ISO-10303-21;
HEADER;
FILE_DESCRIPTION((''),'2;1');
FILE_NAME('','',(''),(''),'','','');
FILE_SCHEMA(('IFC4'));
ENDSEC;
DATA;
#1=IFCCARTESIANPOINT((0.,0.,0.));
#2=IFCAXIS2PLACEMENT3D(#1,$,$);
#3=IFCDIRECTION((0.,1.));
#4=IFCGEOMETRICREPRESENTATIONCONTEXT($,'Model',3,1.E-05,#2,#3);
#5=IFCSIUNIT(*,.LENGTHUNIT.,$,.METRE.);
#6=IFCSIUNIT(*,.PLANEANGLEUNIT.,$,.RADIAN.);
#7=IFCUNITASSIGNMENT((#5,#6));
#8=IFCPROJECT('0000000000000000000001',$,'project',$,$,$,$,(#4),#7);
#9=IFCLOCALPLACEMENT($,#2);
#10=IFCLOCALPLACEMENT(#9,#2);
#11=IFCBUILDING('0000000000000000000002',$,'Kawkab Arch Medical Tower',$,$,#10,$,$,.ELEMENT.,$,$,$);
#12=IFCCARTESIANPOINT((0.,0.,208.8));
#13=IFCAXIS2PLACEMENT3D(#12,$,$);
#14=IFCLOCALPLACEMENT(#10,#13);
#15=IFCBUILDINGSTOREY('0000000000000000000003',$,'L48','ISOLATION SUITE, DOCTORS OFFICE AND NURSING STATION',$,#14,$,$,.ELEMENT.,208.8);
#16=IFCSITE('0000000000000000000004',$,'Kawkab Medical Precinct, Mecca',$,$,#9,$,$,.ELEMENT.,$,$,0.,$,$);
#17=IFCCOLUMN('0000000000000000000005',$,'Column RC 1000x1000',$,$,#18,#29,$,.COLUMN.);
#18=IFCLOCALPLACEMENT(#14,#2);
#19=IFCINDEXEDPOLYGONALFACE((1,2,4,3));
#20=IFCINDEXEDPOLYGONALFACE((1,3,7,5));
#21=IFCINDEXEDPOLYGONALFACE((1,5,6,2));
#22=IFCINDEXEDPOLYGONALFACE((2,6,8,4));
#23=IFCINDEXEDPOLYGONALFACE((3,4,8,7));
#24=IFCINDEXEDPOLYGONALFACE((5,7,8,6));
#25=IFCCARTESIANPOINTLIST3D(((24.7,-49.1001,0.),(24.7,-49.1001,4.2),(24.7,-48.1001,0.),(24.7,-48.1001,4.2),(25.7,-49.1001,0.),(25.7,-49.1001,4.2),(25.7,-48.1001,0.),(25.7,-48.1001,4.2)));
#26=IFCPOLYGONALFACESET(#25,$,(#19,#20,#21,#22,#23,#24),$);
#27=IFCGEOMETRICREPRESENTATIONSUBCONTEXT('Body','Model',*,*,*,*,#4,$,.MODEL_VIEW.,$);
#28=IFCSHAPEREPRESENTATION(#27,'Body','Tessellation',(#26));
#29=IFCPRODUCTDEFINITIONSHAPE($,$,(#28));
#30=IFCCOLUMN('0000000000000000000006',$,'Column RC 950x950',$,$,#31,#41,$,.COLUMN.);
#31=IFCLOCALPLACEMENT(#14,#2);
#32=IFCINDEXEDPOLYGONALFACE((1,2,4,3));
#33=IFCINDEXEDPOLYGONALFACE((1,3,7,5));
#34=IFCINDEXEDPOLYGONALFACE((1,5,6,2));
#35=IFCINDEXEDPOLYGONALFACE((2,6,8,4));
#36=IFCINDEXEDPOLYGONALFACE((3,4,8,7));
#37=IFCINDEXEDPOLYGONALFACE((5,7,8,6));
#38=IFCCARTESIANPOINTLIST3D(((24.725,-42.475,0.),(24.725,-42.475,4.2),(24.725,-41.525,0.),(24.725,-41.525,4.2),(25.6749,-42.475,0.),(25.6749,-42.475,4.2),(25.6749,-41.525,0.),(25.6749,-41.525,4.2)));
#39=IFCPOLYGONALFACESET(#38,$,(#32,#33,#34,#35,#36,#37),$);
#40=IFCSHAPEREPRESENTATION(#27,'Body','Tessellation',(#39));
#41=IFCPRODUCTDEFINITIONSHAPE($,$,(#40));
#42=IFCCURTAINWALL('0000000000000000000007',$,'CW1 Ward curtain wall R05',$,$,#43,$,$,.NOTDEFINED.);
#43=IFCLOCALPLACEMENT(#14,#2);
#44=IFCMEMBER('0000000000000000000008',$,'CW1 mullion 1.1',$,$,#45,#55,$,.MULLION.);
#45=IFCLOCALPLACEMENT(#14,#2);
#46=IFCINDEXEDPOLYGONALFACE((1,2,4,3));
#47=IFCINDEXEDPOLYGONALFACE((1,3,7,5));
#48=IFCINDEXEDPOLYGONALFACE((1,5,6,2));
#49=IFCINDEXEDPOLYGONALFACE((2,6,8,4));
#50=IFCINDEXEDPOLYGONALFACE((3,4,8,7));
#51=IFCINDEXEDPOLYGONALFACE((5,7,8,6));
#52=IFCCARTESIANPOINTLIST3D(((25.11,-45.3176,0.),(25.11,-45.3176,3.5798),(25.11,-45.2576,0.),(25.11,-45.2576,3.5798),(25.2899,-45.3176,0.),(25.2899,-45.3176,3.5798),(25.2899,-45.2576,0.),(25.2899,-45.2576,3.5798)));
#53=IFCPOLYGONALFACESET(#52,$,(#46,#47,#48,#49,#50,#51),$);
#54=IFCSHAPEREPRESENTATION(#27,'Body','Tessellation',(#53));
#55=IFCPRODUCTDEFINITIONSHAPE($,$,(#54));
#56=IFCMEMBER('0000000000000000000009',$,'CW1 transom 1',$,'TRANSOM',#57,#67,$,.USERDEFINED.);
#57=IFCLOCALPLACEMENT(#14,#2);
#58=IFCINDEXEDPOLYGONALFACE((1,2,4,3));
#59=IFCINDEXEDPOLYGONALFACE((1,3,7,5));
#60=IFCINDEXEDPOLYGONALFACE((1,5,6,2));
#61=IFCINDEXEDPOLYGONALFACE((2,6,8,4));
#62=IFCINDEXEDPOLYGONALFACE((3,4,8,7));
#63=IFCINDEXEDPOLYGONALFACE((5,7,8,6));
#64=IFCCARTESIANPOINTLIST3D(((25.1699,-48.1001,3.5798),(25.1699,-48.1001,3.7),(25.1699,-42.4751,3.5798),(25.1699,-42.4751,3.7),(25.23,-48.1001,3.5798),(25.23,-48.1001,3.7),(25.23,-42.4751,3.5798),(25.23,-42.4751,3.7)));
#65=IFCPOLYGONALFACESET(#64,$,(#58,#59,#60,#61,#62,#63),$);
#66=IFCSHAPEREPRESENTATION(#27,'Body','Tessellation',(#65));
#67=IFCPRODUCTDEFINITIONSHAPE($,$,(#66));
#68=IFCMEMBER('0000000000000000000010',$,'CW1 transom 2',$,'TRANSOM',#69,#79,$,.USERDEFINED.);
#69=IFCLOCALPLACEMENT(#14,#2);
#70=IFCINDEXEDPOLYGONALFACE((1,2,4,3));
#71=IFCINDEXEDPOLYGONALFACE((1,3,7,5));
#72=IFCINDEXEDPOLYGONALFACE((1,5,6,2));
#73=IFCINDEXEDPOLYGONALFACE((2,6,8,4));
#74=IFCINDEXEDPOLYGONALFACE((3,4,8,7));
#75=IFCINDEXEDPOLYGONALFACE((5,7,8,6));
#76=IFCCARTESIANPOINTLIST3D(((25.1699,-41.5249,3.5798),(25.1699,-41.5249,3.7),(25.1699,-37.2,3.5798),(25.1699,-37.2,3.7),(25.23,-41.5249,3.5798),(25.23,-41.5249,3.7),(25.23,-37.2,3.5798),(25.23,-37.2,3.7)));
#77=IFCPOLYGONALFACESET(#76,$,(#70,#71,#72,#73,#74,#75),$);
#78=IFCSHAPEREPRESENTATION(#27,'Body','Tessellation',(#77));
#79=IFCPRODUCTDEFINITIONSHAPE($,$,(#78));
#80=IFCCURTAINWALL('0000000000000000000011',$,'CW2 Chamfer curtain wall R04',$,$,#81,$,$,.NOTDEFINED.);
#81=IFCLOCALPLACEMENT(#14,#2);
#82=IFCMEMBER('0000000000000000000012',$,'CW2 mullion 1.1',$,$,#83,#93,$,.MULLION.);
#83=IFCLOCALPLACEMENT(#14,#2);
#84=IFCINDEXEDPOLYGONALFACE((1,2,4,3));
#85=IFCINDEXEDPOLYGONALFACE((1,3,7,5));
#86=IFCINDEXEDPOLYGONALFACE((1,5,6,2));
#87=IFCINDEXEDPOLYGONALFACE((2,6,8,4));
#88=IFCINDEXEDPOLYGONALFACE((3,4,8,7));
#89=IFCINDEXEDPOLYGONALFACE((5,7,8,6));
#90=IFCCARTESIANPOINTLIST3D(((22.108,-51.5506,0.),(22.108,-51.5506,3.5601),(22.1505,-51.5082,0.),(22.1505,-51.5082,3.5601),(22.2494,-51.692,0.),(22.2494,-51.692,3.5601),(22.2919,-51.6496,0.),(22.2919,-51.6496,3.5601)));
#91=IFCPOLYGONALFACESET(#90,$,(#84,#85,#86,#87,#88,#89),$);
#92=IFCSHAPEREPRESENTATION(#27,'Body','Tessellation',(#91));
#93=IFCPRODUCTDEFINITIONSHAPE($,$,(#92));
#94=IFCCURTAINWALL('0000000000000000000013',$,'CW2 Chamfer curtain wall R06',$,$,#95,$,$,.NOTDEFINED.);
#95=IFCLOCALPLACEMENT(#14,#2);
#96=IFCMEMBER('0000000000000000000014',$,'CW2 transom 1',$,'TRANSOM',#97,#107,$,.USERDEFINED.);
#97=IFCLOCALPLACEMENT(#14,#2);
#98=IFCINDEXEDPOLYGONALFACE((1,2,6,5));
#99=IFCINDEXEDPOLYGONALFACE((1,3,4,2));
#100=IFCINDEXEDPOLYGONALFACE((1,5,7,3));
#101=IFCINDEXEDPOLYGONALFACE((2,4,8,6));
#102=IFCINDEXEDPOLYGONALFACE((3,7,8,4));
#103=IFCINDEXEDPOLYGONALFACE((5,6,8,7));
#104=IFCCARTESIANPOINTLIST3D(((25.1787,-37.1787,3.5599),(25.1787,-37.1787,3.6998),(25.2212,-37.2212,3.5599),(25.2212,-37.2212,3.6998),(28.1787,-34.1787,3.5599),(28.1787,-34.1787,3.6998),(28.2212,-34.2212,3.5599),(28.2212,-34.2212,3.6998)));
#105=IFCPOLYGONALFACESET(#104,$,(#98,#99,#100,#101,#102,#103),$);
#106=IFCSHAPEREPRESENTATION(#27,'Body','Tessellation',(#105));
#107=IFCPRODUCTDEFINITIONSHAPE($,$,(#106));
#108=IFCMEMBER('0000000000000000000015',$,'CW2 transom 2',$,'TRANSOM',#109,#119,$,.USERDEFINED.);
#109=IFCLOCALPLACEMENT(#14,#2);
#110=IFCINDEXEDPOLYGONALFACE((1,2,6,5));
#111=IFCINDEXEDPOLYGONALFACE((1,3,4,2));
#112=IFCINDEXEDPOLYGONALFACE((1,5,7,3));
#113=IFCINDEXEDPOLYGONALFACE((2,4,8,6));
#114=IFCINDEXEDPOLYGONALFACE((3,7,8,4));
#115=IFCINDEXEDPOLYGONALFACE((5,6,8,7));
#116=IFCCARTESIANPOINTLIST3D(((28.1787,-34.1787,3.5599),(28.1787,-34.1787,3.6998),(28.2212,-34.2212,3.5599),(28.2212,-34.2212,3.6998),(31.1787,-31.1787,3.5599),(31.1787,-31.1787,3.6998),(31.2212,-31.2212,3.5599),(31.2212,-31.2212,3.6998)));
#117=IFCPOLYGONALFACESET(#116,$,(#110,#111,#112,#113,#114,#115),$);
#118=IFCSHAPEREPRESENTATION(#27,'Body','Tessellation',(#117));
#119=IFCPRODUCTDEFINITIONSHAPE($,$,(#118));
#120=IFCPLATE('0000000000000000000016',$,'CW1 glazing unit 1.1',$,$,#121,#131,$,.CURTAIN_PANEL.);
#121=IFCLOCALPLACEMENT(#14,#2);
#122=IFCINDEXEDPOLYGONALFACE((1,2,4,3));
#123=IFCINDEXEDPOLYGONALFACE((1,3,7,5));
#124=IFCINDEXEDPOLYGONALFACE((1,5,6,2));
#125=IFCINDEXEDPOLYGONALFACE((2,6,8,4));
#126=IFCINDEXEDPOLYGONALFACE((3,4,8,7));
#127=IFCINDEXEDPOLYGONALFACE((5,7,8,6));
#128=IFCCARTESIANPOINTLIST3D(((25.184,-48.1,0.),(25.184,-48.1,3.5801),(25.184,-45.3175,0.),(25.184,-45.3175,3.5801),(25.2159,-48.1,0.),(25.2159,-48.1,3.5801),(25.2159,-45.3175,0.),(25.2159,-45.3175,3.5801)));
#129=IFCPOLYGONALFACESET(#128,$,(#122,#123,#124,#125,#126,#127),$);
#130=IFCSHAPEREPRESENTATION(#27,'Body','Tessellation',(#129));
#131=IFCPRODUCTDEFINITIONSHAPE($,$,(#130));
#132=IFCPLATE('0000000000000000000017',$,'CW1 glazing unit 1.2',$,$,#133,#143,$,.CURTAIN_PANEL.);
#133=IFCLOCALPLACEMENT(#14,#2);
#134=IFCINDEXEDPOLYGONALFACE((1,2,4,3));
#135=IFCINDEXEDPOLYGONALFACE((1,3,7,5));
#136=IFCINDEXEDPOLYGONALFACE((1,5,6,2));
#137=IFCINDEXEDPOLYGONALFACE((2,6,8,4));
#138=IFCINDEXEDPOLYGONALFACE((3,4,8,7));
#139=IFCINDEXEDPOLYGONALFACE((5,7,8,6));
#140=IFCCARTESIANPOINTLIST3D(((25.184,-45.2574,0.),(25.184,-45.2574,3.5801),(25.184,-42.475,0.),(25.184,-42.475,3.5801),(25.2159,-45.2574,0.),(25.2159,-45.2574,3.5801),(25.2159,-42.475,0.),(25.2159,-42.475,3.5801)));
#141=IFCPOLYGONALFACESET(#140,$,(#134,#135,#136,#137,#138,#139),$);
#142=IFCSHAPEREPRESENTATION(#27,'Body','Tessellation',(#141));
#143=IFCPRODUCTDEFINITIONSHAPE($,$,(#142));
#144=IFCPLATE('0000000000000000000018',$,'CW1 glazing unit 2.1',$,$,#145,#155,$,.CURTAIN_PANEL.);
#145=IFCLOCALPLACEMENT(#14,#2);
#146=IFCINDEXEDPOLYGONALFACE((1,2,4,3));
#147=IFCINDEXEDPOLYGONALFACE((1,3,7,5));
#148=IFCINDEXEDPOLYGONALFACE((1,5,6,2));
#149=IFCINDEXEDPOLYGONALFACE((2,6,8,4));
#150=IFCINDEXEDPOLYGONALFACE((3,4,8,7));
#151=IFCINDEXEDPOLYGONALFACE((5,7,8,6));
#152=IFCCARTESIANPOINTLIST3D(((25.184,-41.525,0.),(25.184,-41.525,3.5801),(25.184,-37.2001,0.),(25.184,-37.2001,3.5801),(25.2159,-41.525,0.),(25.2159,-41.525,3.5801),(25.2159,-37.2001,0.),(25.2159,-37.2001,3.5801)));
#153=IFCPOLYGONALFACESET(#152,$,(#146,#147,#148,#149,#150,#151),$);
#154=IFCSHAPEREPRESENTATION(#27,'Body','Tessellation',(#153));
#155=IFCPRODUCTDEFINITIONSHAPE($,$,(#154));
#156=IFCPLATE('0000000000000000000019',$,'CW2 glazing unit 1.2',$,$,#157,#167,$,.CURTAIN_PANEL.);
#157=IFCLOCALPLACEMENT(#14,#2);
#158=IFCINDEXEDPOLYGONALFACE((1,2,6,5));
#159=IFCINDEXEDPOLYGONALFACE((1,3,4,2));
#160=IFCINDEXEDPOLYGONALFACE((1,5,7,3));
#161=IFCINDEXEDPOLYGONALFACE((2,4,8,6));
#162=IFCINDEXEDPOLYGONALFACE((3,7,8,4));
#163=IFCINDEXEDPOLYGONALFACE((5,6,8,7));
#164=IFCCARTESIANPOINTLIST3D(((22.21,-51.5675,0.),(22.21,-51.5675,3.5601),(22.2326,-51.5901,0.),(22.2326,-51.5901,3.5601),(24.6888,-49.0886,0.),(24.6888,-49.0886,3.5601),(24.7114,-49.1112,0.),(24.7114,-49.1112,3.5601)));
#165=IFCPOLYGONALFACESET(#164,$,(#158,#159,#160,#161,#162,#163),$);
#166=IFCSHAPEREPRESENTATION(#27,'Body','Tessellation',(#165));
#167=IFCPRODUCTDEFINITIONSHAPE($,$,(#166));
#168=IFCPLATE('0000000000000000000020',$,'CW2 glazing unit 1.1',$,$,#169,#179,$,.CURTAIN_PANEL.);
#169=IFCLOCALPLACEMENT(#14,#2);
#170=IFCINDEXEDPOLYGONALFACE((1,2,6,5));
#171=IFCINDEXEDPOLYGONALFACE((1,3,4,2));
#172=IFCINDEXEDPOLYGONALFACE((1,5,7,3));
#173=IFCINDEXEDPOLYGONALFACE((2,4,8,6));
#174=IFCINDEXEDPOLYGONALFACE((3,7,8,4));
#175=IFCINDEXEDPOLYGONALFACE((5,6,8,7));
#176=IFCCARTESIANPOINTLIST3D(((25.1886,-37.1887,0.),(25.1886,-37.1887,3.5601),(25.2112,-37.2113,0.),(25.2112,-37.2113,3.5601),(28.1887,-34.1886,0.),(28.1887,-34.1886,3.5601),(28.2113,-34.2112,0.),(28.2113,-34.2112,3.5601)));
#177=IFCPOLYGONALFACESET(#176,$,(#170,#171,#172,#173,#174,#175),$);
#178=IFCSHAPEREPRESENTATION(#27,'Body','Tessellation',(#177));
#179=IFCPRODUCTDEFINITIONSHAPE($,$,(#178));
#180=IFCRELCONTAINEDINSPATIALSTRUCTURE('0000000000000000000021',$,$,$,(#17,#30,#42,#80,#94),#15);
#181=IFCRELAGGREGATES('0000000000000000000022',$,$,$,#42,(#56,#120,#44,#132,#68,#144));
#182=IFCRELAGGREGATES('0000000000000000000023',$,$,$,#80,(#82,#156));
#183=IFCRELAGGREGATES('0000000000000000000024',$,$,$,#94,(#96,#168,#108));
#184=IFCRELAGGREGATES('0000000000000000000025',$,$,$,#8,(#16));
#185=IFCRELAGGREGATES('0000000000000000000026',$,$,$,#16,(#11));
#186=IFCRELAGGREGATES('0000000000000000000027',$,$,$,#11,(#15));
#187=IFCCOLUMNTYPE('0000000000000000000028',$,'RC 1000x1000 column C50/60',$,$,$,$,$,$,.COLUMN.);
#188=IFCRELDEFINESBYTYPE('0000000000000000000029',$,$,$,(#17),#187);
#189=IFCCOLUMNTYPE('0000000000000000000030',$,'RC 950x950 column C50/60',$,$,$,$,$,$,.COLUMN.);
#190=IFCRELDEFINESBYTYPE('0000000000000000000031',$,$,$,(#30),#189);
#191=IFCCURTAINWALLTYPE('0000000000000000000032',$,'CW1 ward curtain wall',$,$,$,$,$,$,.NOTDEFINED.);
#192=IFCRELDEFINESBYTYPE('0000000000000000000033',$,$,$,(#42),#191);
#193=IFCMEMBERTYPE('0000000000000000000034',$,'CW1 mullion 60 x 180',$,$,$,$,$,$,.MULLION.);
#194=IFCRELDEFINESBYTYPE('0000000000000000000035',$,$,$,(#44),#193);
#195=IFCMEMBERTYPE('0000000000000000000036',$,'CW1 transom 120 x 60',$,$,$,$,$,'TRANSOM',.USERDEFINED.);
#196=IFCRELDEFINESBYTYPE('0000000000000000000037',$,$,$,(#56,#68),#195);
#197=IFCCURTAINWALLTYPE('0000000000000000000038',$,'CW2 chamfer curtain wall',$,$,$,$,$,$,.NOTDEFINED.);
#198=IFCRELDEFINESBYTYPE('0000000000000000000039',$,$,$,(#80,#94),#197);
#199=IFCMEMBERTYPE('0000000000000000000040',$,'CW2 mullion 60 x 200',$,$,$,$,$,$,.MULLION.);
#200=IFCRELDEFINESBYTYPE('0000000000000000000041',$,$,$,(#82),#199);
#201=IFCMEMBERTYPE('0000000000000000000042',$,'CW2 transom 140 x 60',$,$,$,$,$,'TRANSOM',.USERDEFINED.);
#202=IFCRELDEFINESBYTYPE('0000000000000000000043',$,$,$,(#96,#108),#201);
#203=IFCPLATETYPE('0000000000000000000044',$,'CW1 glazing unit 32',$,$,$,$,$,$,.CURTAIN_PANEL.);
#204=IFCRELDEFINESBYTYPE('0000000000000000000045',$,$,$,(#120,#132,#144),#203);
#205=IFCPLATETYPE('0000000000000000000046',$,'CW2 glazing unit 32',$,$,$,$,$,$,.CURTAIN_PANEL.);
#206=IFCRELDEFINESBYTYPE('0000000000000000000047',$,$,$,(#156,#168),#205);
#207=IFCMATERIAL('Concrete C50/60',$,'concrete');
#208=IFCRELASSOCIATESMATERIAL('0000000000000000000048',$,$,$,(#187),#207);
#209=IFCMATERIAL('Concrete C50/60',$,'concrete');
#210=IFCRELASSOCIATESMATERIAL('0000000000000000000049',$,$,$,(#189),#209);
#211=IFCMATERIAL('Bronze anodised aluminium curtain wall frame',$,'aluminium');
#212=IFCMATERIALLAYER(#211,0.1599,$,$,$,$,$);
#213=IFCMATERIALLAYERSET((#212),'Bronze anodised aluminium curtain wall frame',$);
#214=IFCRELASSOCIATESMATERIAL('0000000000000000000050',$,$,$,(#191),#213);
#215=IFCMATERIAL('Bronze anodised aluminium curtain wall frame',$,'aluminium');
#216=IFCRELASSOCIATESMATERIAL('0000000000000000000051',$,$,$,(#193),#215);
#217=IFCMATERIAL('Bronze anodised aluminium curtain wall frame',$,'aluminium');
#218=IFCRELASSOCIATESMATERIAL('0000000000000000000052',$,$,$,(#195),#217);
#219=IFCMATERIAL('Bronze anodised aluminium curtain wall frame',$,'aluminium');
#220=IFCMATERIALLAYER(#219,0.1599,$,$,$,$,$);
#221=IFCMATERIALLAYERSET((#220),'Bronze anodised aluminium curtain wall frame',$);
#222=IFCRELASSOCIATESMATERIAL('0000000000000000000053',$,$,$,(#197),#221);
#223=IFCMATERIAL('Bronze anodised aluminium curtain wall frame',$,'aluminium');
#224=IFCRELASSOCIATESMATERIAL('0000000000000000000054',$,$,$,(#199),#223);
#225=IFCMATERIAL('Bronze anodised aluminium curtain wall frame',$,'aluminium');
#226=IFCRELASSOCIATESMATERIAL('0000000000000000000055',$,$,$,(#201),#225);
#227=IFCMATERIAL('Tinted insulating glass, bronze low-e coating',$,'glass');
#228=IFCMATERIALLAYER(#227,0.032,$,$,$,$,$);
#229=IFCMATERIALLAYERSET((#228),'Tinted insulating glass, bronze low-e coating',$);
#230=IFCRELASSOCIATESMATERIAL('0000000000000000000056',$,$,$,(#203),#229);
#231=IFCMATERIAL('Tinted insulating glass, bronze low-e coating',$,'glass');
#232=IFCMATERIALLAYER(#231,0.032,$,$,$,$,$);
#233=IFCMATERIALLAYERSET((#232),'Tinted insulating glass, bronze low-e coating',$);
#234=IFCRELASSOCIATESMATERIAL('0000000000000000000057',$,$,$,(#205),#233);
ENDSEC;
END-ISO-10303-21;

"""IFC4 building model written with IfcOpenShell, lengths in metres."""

from ifc_helpers import new_model, si_unit, direction, frame, origin, origin_2d, place, context, subcontext, project, spatial, rectangle, extrude, material, layer, layer_set, material_profile, profile_set, type_object, element, aggregate, save


model = new_model("IFC4")

# Units and contexts
model_context = context("Model", 3, precision=1e-05, world=origin(), true_north=direction((0.0, 1.0)))
body_context = subcontext(model_context, "Body", "Model", "MODEL_VIEW")
ifc_project = project(units=[si_unit("LENGTHUNIT", "METRE"), si_unit("PLANEANGLEUNIT", "RADIAN")], contexts=[model_context])

# Site, building, storey
site_placement = place(None, origin())
site = spatial("IfcSite", under=ifc_project, at=site_placement, Name="Kawkab Medical Precinct, Mecca", CompositionType="ELEMENT", RefElevation=0.0)
building_placement = place(site_placement, origin())
building = spatial("IfcBuilding", under=site, at=building_placement, Name="Kawkab Arch Medical Tower", CompositionType="ELEMENT")
storey_placement = place(building_placement, frame((0.0, 0.0, 208.8)))
storey = spatial("IfcBuildingStorey", under=building, at=storey_placement, Name="L48", Description="ISOLATION SUITE, DOCTORS OFFICE AND NURSING STATION", CompositionType="ELEMENT", Elevation=208.8)

# Columns
ifc_material_1 = material(Name="Concrete C50/60", Category="concrete")
ifc_material_profile_1 = material_profile(ifc_material_1, rectangle(XDim=1.0, YDim=1.0, at=origin_2d()), Name="RC 1000x1000")
ifc_profile_set_1 = profile_set([ifc_material_profile_1], Name="Concrete C50/60")
column_type_1 = type_object("IfcColumnType", Name="RC 1000x1000 column C50/60", PredefinedType="COLUMN", material=ifc_profile_set_1)
column_1_placement = place(storey_placement, frame((25.2, -48.6001, 0.0), z_axis=(0.0, 0.0, 1.0), x_axis=(1.0, 0.0, 0.0)))
element("IfcColumn", 1, at=column_1_placement, inside=storey, type_object=column_type_1, Name="Column RC 1000x1000", PredefinedType="COLUMN", context=body_context, shape_type="SweptSolid", body=[
    extrude(rectangle(XDim=1.0, YDim=1.0, at=origin_2d()), origin(), (0.0, 0.0, 1.0), 4.2),
])
ifc_material_2 = material(Name="Concrete C50/60", Category="concrete")
ifc_material_profile_2 = material_profile(ifc_material_2, rectangle(XDim=0.95, YDim=0.95, at=origin_2d()), Name="RC 950x950")
ifc_profile_set_2 = profile_set([ifc_material_profile_2], Name="Concrete C50/60")
column_type_2 = type_object("IfcColumnType", Name="RC 950x950 column C50/60", PredefinedType="COLUMN", material=ifc_profile_set_2)
column_2_placement = place(storey_placement, frame((25.2, -42.0, 0.0), z_axis=(0.0, 0.0, 1.0), x_axis=(1.0, 0.0, 0.0)))
element("IfcColumn", 2, at=column_2_placement, inside=storey, type_object=column_type_2, Name="Column RC 950x950", PredefinedType="COLUMN", context=body_context, shape_type="SweptSolid", body=[
    extrude(rectangle(XDim=0.95, YDim=0.95, at=origin_2d()), origin(), (0.0, 0.0, 1.0), 4.2),
])

# Curtain wall, members
ifc_material_3 = material(Name="Bronze anodised aluminium curtain wall frame", Category="aluminium")
ifc_layer_1 = layer(ifc_material_3, 0.1599)
ifc_layer_set_1 = layer_set([ifc_layer_1], Name="Bronze anodised aluminium curtain wall frame")
curtain_wall_type_1 = type_object("IfcCurtainWallType", Name="CW1 ward curtain wall", PredefinedType="NOTDEFINED", material=ifc_layer_set_1)
placement = place(storey_placement, origin())
curtain_wall_1 = element("IfcCurtainWall", 3, at=placement, inside=storey, type_object=curtain_wall_type_1, Name="CW1 Ward curtain wall R05", PredefinedType="NOTDEFINED")
ifc_material_4 = material(Name="Bronze anodised aluminium curtain wall frame", Category="aluminium")
ifc_material_profile_3 = material_profile(ifc_material_4, rectangle(XDim=0.1799, YDim=0.0601, at=origin_2d()), Name="AL 60x180")
ifc_profile_set_3 = profile_set([ifc_material_profile_3], Name="Bronze anodised aluminium curtain wall frame")
member_type_1 = type_object("IfcMemberType", Name="CW1 mullion 60 x 180", PredefinedType="MULLION", material=ifc_profile_set_3)
member_1_placement = place(storey_placement, frame((25.2, -45.2876, 0.0), z_axis=(0.0, 0.0, 1.0), x_axis=(-1.0, 0.0, 0.0)))
member_1 = element("IfcMember", 4, at=member_1_placement, type_object=member_type_1, Name="CW1 mullion 1.1", PredefinedType="MULLION", context=body_context, shape_type="SweptSolid", body=[
    extrude(rectangle(XDim=0.1799, YDim=0.0601, at=origin_2d()), origin(), (0.0, 0.0, 1.0), 3.5798),
])
ifc_material_5 = material(Name="Bronze anodised aluminium curtain wall frame", Category="aluminium")
ifc_material_profile_4 = material_profile(ifc_material_5, rectangle(XDim=0.0601, YDim=0.1201, at=origin_2d()), Name="AL 60x120")
ifc_profile_set_4 = profile_set([ifc_material_profile_4], Name="Bronze anodised aluminium curtain wall frame")
member_type_2 = type_object("IfcMemberType", Name="CW1 transom 120 x 60", ElementType="TRANSOM", PredefinedType="USERDEFINED", material=ifc_profile_set_4)
member_2_placement = place(storey_placement, frame((25.2, -48.1001, 3.6399), z_axis=(0.0, 1.0, 0.0), x_axis=(-1.0, 0.0, 0.0)))
member_2 = element("IfcMember", 5, at=member_2_placement, type_object=member_type_2, Name="CW1 transom 1", ObjectType="TRANSOM", PredefinedType="USERDEFINED", context=body_context, shape_type="SweptSolid", body=[
    extrude(rectangle(XDim=0.0601, YDim=0.1201, at=origin_2d()), origin(), (0.0, 0.0, 1.0), 5.625),
])
member_3_placement = place(storey_placement, frame((25.2, -41.5249, 3.6399), z_axis=(0.0, 1.0, 0.0), x_axis=(-1.0, 0.0, 0.0)))
member_3 = element("IfcMember", 6, at=member_3_placement, type_object=member_type_2, Name="CW1 transom 2", ObjectType="TRANSOM", PredefinedType="USERDEFINED", context=body_context, shape_type="SweptSolid", body=[
    extrude(rectangle(XDim=0.0601, YDim=0.1201, at=origin_2d()), origin(), (0.0, 0.0, 1.0), 4.325),
])

# Curtain wall, member
ifc_material_6 = material(Name="Bronze anodised aluminium curtain wall frame", Category="aluminium")
ifc_layer_2 = layer(ifc_material_6, 0.1599)
ifc_layer_set_2 = layer_set([ifc_layer_2], Name="Bronze anodised aluminium curtain wall frame")
curtain_wall_type_2 = type_object("IfcCurtainWallType", Name="CW2 chamfer curtain wall", PredefinedType="NOTDEFINED", material=ifc_layer_set_2)
curtain_wall_2 = element("IfcCurtainWall", 7, at=placement, inside=storey, type_object=curtain_wall_type_2, Name="CW2 Chamfer curtain wall R04", PredefinedType="NOTDEFINED")
ifc_material_7 = material(Name="Bronze anodised aluminium curtain wall frame", Category="aluminium")
ifc_material_profile_5 = material_profile(ifc_material_7, rectangle(XDim=0.2, YDim=0.0601, at=origin_2d()), Name="AL 60x200")
ifc_profile_set_5 = profile_set([ifc_material_profile_5], Name="Bronze anodised aluminium curtain wall frame")
member_type_3 = type_object("IfcMemberType", Name="CW2 mullion 60 x 200", PredefinedType="MULLION", material=ifc_profile_set_5)
member_4_placement = place(storey_placement, frame((22.2, -51.6001, 0.0), z_axis=(0.0, 0.0, 1.0), x_axis=(-0.707107, 0.707107, 0.0)))
member_4 = element("IfcMember", 8, at=member_4_placement, type_object=member_type_3, Name="CW2 mullion 1.1", PredefinedType="MULLION", context=body_context, shape_type="SweptSolid", body=[
    extrude(rectangle(XDim=0.2, YDim=0.0601, at=origin_2d()), origin(), (0.0, 0.0, 1.0), 3.5601),
])

# Curtain wall, members
curtain_wall_3 = element("IfcCurtainWall", 9, at=placement, inside=storey, type_object=curtain_wall_type_2, Name="CW2 Chamfer curtain wall R06", PredefinedType="NOTDEFINED")
ifc_material_8 = material(Name="Bronze anodised aluminium curtain wall frame", Category="aluminium")
ifc_material_profile_6 = material_profile(ifc_material_8, rectangle(XDim=0.0601, YDim=0.1399, at=origin_2d()), Name="AL 60x140")
ifc_profile_set_6 = profile_set([ifc_material_profile_6], Name="Bronze anodised aluminium curtain wall frame")
member_type_4 = type_object("IfcMemberType", Name="CW2 transom 140 x 60", ElementType="TRANSOM", PredefinedType="USERDEFINED", material=ifc_profile_set_6)
member_5_placement = place(storey_placement, frame((25.2, -37.2, 3.6299), z_axis=(0.707107, 0.707107, 0.0), x_axis=(-0.707107, 0.707107, 0.0)))
member_5 = element("IfcMember", 10, at=member_5_placement, type_object=member_type_4, Name="CW2 transom 1", ObjectType="TRANSOM", PredefinedType="USERDEFINED", context=body_context, shape_type="SweptSolid", body=[
    extrude(rectangle(XDim=0.0601, YDim=0.1399, at=origin_2d()), origin(), (0.0, 0.0, 1.0), 4.2427),
])
member_6_placement = place(storey_placement, frame((28.2, -34.2, 3.6299), z_axis=(0.707107, 0.707107, 0.0), x_axis=(-0.707107, 0.707107, 0.0)))
member_6 = element("IfcMember", 11, at=member_6_placement, type_object=member_type_4, Name="CW2 transom 2", ObjectType="TRANSOM", PredefinedType="USERDEFINED", context=body_context, shape_type="SweptSolid", body=[
    extrude(rectangle(XDim=0.0601, YDim=0.1399, at=origin_2d()), origin(), (0.0, 0.0, 1.0), 4.2427),
])

# Plates
ifc_material_9 = material(Name="Tinted insulating glass, bronze low-e coating", Category="glass")
ifc_layer_3 = layer(ifc_material_9, 0.032)
ifc_layer_set_3 = layer_set([ifc_layer_3], Name="Tinted insulating glass, bronze low-e coating")
plate_type_1 = type_object("IfcPlateType", Name="CW1 glazing unit 32", PredefinedType="CURTAIN_PANEL", material=ifc_layer_set_3)
plate_1_placement = place(storey_placement, frame((25.2, -46.7087, 0.0), z_axis=(0.0, 0.0, 1.0), x_axis=(0.0, 1.0, 0.0)))
plate_1 = element("IfcPlate", 12, at=plate_1_placement, type_object=plate_type_1, Name="CW1 glazing unit 1.1", PredefinedType="CURTAIN_PANEL", context=body_context, shape_type="SweptSolid", body=[
    extrude(rectangle(XDim=2.7825, YDim=0.032, at=origin_2d()), origin(), (0.0, 0.0, 1.0), 3.5801),
])
plate_2_placement = place(storey_placement, frame((25.2, -43.8662, 0.0), z_axis=(0.0, 0.0, 1.0), x_axis=(0.0, 1.0, 0.0)))
plate_2 = element("IfcPlate", 13, at=plate_2_placement, type_object=plate_type_1, Name="CW1 glazing unit 1.2", PredefinedType="CURTAIN_PANEL", context=body_context, shape_type="SweptSolid", body=[
    extrude(rectangle(XDim=2.7825, YDim=0.032, at=origin_2d()), origin(), (0.0, 0.0, 1.0), 3.5801),
])
plate_3_placement = place(storey_placement, frame((25.2, -39.3625, 0.0), z_axis=(0.0, 0.0, 1.0), x_axis=(0.0, 1.0, 0.0)))
plate_3 = element("IfcPlate", 14, at=plate_3_placement, type_object=plate_type_1, Name="CW1 glazing unit 2.1", PredefinedType="CURTAIN_PANEL", context=body_context, shape_type="SweptSolid", body=[
    extrude(rectangle(XDim=4.325, YDim=0.032, at=origin_2d()), origin(), (0.0, 0.0, 1.0), 3.5801),
])
aggregate(curtain_wall_1, [member_2, plate_1, member_1, plate_2, member_3, plate_3])
ifc_material_10 = material(Name="Tinted insulating glass, bronze low-e coating", Category="glass")
ifc_layer_4 = layer(ifc_material_10, 0.032)
ifc_layer_set_4 = layer_set([ifc_layer_4], Name="Tinted insulating glass, bronze low-e coating")
plate_type_2 = type_object("IfcPlateType", Name="CW2 glazing unit 32", PredefinedType="CURTAIN_PANEL", material=ifc_layer_set_4)
plate_4_placement = place(storey_placement, frame((23.4607, -50.3394, 0.0), z_axis=(0.0, 0.0, 1.0), x_axis=(0.707107, 0.707107, 0.0)))
plate_4 = element("IfcPlate", 15, at=plate_4_placement, type_object=plate_type_2, Name="CW2 glazing unit 1.2", PredefinedType="CURTAIN_PANEL", context=body_context, shape_type="SweptSolid", body=[
    extrude(rectangle(XDim=3.5056, YDim=0.032, at=origin_2d()), origin(), (0.0, 0.0, 1.0), 3.5601),
])
aggregate(curtain_wall_2, [member_4, plate_4])
plate_5_placement = place(storey_placement, frame((26.7, -35.7, 0.0), z_axis=(0.0, 0.0, 1.0), x_axis=(0.707107, 0.707107, 0.0)))
plate_5 = element("IfcPlate", 16, at=plate_5_placement, type_object=plate_type_2, Name="CW2 glazing unit 1.1", PredefinedType="CURTAIN_PANEL", context=body_context, shape_type="SweptSolid", body=[
    extrude(rectangle(XDim=4.2427, YDim=0.032, at=origin_2d()), origin(), (0.0, 0.0, 1.0), 3.5601),
])
aggregate(curtain_wall_3, [member_5, plate_5, member_6])

save(model, "model.ifc")
